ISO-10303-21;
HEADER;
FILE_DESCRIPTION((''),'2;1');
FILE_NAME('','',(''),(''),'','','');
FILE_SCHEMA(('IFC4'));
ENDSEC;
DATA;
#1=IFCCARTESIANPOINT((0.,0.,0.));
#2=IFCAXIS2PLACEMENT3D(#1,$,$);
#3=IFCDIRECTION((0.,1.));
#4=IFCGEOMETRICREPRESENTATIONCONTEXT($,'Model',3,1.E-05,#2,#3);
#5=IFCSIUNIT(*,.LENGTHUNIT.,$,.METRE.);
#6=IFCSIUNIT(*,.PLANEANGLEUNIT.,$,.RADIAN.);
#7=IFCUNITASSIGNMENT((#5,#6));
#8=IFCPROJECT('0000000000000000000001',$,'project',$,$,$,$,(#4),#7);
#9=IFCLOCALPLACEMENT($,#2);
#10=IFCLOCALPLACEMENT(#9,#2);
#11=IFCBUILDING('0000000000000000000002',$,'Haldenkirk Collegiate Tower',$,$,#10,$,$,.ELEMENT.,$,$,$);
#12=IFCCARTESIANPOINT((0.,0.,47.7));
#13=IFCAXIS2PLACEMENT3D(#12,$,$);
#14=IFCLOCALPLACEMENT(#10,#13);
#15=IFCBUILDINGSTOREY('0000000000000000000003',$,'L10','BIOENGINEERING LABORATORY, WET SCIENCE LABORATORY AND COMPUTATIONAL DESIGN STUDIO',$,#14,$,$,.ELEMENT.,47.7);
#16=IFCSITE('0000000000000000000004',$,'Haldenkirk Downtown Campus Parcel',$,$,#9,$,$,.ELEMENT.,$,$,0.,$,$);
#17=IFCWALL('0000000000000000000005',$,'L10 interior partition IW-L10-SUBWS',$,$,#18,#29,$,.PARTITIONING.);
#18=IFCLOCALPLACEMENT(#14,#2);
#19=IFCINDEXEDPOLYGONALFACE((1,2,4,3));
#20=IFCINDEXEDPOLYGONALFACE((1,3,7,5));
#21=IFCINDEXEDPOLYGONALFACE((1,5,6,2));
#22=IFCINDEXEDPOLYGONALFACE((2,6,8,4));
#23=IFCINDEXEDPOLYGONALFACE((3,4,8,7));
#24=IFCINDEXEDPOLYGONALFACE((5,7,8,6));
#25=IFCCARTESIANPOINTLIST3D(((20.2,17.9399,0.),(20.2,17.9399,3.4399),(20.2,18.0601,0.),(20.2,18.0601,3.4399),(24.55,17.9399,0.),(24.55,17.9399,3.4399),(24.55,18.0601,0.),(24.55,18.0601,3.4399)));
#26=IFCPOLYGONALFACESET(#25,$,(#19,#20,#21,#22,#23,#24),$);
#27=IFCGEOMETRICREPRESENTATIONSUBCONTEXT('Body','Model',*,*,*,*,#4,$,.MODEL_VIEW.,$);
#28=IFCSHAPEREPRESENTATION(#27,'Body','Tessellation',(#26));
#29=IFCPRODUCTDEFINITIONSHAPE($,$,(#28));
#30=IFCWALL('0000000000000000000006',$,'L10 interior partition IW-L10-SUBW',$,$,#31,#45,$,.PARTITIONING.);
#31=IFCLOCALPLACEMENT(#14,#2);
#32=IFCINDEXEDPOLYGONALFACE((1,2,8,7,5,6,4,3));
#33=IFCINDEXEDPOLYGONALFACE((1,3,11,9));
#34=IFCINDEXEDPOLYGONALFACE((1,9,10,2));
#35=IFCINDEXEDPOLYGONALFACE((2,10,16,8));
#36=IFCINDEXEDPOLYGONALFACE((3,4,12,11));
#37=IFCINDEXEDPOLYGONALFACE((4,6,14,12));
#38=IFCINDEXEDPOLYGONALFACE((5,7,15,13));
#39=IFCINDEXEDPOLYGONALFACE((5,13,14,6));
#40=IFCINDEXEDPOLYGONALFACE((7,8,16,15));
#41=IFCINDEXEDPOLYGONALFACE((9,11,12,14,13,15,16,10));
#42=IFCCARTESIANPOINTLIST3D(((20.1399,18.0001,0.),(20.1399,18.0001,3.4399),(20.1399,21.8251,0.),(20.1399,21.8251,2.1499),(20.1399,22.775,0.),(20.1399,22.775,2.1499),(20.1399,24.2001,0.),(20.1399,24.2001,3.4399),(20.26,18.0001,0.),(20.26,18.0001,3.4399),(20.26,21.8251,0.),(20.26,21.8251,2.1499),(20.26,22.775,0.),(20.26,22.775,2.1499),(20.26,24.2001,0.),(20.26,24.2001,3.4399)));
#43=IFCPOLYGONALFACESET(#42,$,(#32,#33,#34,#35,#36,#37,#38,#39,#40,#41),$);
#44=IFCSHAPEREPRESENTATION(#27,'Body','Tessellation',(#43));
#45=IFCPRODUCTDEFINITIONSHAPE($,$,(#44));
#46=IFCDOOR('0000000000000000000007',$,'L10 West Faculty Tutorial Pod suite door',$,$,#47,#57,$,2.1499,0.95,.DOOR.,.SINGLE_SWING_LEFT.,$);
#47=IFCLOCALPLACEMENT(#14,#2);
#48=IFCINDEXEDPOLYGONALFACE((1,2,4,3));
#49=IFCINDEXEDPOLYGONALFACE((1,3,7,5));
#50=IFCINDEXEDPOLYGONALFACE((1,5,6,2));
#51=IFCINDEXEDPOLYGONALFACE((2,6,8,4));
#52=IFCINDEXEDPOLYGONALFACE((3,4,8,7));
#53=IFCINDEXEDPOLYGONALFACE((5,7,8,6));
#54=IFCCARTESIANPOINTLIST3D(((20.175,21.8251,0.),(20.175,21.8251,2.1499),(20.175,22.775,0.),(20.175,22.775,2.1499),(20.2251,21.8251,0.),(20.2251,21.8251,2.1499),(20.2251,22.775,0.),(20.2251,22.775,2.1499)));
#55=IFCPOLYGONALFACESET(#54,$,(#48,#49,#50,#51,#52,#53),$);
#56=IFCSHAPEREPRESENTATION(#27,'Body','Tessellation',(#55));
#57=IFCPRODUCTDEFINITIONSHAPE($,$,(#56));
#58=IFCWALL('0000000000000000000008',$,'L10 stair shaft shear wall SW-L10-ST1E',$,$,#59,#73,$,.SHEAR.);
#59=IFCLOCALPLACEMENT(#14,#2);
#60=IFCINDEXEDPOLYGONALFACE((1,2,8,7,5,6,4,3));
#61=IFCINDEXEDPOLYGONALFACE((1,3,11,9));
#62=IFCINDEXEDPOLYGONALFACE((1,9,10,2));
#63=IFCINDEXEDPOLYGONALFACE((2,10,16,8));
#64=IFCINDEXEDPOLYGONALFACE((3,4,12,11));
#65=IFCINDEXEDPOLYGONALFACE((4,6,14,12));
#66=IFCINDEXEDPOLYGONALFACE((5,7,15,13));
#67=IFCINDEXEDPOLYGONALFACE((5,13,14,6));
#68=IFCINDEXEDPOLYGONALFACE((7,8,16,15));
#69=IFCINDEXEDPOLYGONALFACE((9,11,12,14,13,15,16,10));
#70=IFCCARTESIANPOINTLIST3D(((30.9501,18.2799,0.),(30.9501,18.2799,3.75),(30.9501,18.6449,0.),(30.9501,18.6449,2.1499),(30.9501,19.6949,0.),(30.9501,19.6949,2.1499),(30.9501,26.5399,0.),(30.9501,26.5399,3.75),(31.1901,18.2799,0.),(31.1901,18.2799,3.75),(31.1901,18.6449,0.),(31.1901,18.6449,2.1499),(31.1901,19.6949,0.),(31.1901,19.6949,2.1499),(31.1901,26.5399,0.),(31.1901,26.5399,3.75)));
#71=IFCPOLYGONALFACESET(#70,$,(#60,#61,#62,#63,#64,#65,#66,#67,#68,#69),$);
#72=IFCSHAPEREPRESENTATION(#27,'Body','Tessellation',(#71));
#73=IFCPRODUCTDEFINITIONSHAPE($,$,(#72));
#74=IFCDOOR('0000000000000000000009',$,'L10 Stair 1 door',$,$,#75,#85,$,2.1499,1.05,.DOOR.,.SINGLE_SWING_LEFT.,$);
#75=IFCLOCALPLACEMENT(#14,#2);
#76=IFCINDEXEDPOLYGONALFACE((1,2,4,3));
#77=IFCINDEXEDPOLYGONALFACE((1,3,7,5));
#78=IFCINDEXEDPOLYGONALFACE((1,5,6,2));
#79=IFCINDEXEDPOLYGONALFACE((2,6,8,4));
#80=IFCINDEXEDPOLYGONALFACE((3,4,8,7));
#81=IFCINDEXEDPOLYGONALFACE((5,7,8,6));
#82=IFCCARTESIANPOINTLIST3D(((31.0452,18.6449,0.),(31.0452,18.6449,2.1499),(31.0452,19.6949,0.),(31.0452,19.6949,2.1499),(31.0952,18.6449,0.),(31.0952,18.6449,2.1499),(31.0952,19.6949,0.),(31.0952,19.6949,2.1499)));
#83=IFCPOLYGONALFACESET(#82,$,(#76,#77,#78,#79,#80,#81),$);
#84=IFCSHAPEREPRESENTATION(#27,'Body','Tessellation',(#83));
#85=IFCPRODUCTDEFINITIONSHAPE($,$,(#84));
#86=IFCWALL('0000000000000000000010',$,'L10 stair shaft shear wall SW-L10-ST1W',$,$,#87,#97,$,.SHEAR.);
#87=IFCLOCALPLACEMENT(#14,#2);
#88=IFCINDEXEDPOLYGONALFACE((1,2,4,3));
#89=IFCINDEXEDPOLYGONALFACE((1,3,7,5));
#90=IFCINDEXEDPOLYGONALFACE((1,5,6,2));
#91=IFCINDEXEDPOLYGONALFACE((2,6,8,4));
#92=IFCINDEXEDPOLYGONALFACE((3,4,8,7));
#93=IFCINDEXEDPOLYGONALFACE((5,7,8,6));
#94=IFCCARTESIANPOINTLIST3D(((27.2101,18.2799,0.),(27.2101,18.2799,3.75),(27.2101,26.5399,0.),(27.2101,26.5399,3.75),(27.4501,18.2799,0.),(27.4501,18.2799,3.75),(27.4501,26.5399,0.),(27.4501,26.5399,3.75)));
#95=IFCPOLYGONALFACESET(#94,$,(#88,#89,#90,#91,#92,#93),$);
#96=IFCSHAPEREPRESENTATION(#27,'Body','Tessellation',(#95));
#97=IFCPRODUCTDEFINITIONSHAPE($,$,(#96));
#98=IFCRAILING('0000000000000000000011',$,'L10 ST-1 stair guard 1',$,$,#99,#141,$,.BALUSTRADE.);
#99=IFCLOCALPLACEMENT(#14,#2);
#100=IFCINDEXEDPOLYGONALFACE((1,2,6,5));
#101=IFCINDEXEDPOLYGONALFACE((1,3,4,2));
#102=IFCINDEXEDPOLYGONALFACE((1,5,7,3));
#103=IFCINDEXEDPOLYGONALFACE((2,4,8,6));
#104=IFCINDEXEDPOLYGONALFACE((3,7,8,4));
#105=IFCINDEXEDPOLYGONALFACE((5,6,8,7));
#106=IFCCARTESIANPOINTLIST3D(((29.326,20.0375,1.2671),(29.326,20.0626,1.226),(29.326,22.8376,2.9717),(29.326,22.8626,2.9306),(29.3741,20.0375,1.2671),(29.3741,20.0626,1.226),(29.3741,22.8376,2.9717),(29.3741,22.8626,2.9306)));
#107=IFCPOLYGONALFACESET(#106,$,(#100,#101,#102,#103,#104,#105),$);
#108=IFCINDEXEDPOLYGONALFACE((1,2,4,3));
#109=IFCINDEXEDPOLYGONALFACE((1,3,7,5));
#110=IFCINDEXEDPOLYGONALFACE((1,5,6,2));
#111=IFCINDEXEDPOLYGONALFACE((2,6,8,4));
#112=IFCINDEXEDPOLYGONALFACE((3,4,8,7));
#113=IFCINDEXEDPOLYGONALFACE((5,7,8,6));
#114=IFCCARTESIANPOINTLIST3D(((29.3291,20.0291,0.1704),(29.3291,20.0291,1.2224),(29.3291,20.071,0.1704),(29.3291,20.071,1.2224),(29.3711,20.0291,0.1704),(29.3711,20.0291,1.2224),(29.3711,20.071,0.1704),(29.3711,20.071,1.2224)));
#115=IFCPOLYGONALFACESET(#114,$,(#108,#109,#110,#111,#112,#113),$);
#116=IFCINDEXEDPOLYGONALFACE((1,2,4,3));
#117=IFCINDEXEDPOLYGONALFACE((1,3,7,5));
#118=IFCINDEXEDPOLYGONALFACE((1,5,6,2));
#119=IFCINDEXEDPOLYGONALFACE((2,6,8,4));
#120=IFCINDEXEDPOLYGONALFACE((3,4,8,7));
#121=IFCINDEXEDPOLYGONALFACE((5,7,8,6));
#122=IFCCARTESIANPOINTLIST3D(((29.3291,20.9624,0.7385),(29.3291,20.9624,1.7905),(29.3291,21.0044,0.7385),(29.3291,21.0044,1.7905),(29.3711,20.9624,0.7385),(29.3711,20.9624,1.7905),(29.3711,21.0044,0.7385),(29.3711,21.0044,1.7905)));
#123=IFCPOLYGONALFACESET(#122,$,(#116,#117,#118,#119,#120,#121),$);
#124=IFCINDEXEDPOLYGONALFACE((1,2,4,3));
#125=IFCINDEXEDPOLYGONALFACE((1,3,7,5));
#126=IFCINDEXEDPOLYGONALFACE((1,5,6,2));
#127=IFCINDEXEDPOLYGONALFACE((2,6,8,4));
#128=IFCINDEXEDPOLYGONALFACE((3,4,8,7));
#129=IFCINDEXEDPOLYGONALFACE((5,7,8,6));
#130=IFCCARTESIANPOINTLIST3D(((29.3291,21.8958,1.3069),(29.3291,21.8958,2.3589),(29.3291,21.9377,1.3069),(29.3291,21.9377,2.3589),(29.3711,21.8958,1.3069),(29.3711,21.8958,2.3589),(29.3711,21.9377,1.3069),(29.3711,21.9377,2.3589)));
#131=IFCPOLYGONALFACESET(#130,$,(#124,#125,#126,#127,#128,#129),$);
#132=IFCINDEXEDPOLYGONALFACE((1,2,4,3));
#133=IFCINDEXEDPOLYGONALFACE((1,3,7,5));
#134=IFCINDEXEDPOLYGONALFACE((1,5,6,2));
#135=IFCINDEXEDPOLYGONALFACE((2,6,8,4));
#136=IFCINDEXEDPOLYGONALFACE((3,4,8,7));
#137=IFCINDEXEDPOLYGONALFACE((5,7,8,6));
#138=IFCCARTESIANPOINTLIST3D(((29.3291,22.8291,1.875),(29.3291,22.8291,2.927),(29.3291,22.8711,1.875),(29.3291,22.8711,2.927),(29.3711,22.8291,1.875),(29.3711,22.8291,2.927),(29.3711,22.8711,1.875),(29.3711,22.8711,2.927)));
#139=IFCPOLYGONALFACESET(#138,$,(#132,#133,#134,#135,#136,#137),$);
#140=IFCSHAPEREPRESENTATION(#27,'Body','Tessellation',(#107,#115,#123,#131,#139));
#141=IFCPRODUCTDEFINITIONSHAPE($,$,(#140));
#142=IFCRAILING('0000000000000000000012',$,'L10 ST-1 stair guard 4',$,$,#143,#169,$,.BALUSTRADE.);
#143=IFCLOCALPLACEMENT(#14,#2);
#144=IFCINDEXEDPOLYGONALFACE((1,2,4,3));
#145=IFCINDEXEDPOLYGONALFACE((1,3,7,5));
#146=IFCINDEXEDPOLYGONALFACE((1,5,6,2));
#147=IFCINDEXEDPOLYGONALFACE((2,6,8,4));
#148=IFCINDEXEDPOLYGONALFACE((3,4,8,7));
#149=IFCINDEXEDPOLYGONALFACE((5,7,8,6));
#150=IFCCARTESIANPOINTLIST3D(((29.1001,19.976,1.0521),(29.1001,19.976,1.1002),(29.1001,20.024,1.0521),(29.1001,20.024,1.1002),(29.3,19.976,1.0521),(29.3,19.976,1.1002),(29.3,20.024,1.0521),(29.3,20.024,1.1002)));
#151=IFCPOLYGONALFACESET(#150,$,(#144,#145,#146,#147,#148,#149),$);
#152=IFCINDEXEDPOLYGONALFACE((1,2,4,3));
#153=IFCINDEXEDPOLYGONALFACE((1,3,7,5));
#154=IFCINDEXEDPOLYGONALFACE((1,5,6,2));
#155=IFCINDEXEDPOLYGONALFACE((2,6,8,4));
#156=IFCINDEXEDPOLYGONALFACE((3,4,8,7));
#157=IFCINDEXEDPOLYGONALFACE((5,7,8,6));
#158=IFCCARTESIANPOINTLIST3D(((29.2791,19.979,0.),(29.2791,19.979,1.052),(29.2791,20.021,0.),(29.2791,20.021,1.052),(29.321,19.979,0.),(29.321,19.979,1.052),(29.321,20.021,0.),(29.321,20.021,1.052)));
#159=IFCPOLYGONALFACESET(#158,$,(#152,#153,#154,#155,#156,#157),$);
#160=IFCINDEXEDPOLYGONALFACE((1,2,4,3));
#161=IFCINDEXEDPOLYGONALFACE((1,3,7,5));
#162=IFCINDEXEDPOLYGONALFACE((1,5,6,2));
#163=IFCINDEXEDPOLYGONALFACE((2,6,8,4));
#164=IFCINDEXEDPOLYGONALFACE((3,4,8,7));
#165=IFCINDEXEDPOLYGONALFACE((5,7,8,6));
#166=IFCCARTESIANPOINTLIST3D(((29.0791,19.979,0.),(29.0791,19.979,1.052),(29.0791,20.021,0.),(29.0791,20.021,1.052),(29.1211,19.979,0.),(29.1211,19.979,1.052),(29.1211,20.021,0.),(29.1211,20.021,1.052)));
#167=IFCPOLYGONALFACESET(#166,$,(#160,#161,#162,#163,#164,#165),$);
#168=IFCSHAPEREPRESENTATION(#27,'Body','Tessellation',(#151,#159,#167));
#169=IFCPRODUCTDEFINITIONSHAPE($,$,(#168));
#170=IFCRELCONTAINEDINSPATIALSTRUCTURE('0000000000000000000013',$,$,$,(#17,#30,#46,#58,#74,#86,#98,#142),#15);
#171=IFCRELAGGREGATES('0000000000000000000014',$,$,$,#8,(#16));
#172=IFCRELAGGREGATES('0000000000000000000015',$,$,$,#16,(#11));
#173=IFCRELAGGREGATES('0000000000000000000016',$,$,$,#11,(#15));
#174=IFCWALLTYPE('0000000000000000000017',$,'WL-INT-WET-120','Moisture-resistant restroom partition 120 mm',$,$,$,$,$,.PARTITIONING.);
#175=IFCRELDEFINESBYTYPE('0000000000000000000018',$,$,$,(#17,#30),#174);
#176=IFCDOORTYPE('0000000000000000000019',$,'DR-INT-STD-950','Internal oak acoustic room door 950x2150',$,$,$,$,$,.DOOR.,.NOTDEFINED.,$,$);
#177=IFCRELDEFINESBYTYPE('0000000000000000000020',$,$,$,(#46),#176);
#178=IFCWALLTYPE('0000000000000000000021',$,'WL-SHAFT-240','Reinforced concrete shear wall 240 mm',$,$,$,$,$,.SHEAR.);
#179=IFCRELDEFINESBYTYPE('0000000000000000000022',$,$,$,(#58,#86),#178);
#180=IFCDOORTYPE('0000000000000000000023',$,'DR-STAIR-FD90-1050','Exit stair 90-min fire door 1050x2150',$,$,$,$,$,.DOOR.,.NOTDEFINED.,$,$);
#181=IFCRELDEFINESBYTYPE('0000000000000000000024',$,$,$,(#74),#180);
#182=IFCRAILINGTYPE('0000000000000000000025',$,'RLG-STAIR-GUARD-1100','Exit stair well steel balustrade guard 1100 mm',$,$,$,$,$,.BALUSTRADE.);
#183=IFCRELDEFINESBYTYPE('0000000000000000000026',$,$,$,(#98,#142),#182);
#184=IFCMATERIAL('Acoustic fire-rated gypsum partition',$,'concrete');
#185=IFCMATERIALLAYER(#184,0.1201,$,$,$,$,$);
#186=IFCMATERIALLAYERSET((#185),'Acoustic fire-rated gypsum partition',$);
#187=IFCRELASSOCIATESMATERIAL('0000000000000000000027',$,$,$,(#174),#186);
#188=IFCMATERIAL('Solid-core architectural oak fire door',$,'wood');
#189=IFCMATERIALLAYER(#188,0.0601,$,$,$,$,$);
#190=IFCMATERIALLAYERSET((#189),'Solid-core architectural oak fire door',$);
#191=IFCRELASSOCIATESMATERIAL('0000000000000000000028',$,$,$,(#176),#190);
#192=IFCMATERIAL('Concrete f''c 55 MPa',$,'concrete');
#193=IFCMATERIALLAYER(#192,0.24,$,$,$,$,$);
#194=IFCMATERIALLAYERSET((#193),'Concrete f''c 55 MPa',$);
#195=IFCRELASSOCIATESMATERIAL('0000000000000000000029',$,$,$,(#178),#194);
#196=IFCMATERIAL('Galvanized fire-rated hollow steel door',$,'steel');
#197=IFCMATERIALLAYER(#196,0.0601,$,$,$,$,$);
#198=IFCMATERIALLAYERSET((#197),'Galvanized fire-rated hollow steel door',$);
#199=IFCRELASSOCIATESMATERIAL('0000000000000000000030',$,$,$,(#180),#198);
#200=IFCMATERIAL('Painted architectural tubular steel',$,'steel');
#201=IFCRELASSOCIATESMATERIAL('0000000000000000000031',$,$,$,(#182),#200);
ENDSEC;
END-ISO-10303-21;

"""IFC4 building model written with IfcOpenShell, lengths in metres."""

from ifc_helpers import new_model, si_unit, direction, frame, frame_2d, origin, origin_2d, place, context, subcontext, project, spatial, rectangle, extrude, material, layer, layer_set, type_object, element, fill, save


model = new_model("IFC4")

# Units and contexts
model_context = context("Model", 3, precision=1e-05, world=origin(), true_north=direction((0.0, 1.0)))
body_context = subcontext(model_context, "Body", "Model", "MODEL_VIEW")
ifc_project = project(units=[si_unit("LENGTHUNIT", "METRE"), si_unit("PLANEANGLEUNIT", "RADIAN")], contexts=[model_context])

# Site, building, storey
site_placement = place(None, origin())
site = spatial("IfcSite", under=ifc_project, at=site_placement, Name="Haldenkirk Downtown Campus Parcel", CompositionType="ELEMENT", RefElevation=0.0)
building_placement = place(site_placement, origin())
building = spatial("IfcBuilding", under=site, at=building_placement, Name="Haldenkirk Collegiate Tower", CompositionType="ELEMENT")
storey_placement = place(building_placement, frame((0.0, 0.0, 47.7)))
storey = spatial("IfcBuildingStorey", under=building, at=storey_placement, Name="L10", Description="BIOENGINEERING LABORATORY, WET SCIENCE LABORATORY AND COMPUTATIONAL DESIGN STUDIO", CompositionType="ELEMENT", Elevation=47.7)

# Shared definitions
ifc_material_1 = material(Name="Galvanized fire-rated hollow steel door", Category="steel")

# Shared definitions
ifc_material_2 = material(Name="Acoustic fire-rated gypsum partition", Category="concrete")
ifc_material_3 = material(Name="Solid-core architectural oak fire door", Category="wood")

# Wall
ifc_layer_1 = layer(ifc_material_2, 0.1201)
ifc_layer_set_1 = layer_set([ifc_layer_1], Name="Acoustic fire-rated gypsum partition")
wall_type_1 = type_object("IfcWallType", Name="WL-INT-WET-120", Description="Moisture-resistant restroom partition 120 mm", PredefinedType="PARTITIONING", material=ifc_layer_set_1)
wall_1_placement = place(storey_placement, frame((20.2, 18.0, 0.0), z_axis=(0.0, 0.0, 1.0), x_axis=(1.0, 0.0, 0.0)))
element("IfcWall", 1, at=wall_1_placement, inside=storey, type_object=wall_type_1, Name="L10 interior partition IW-L10-SUBWS", PredefinedType="PARTITIONING", context=body_context, shape_type="SweptSolid", body=[
    extrude(rectangle(XDim=4.3501, YDim=0.1201, at=frame_2d((2.175, 0.0))), origin(), (0.0, 0.0, 1.0), 3.4399),
])

# Walls, openings, doors
wall_2_placement = place(storey_placement, frame((20.2, 18.0, 0.0), z_axis=(0.0, 0.0, 1.0), x_axis=(0.0, 1.0, 0.0)))
wall_2 = element("IfcWall", 2, at=wall_2_placement, inside=storey, type_object=wall_type_1, Name="L10 interior partition IW-L10-SUBW", PredefinedType="PARTITIONING", context=body_context, shape_type="SweptSolid", body=[
    extrude(rectangle(XDim=6.2, YDim=0.1201, at=frame_2d((3.1001, 0.0))), origin(), (0.0, 0.0, 1.0), 3.4399),
])
opening_1_placement = place(wall_2_placement, frame((3.825, 0.0, 0.0)))
opening_1 = element("IfcOpeningElement", 3, at=opening_1_placement, cuts=wall_2, PredefinedType="OPENING", context=body_context, shape_type="SweptSolid", body=[
    extrude(rectangle(XDim=0.95, YDim=2.1499, at=frame_2d((0.4751, 1.075))), frame((0.0, 0.0701, 0.0), z_axis=(0.0, -1.0, 0.0), x_axis=(1.0, 0.0, 0.0)), (0.0, 0.0, 1.0), 0.1401),
])
ifc_layer_2 = layer(ifc_material_3, 0.0601)
ifc_layer_set_2 = layer_set([ifc_layer_2], Name="Solid-core architectural oak fire door")
door_type_1 = type_object("IfcDoorType", Name="DR-INT-STD-950", Description="Internal oak acoustic room door 950x2150", OperationType="NOTDEFINED", PredefinedType="DOOR", material=ifc_layer_set_2)
door_1_placement = place(opening_1_placement, origin())
door_1 = element("IfcDoor", 4, at=door_1_placement, inside=storey, type_object=door_type_1, Name="L10 West Faculty Tutorial Pod suite door", OperationType="SINGLE_SWING_LEFT", OverallHeight=2.1499, OverallWidth=0.95, PredefinedType="DOOR", context=body_context, shape_type="SweptSolid", body=[
    extrude(rectangle(XDim=0.95, YDim=2.1499, at=frame_2d((0.4751, 1.075))), frame((0.0, 0.0249, 0.0), z_axis=(0.0, -1.0, 0.0), x_axis=(1.0, 0.0, 0.0)), (0.0, 0.0, 1.0), 0.05),
])
fill(opening_1, door_1)
ifc_material_4 = material(Name="Concrete f'c 55 MPa", Category="concrete")
ifc_layer_3 = layer(ifc_material_4, 0.24)
ifc_layer_set_3 = layer_set([ifc_layer_3], Name="Concrete f'c 55 MPa")
wall_type_2 = type_object("IfcWallType", Name="WL-SHAFT-240", Description="Reinforced concrete shear wall 240 mm", PredefinedType="SHEAR", material=ifc_layer_set_3)
wall_3_placement = place(storey_placement, frame((31.0701, 18.28, 0.0), z_axis=(0.0, 0.0, 1.0), x_axis=(0.0, 1.0, 0.0)))
wall_3 = element("IfcWall", 5, at=wall_3_placement, inside=storey, type_object=wall_type_2, Name="L10 stair shaft shear wall SW-L10-ST1E", PredefinedType="SHEAR", context=body_context, shape_type="SweptSolid", body=[
    extrude(rectangle(XDim=8.26, YDim=0.24, at=frame_2d((4.1299, 0.0))), origin(), (0.0, 0.0, 1.0), 3.75),
])
opening_2_placement = place(wall_3_placement, frame((0.365, 0.0, 0.0)))
opening_2 = element("IfcOpeningElement", 6, at=opening_2_placement, cuts=wall_3, PredefinedType="OPENING", context=body_context, shape_type="SweptSolid", body=[
    extrude(rectangle(XDim=1.05, YDim=2.1499, at=frame_2d((0.5249, 1.075))), frame((0.0, 0.1299, 0.0), z_axis=(0.0, -1.0, 0.0), x_axis=(1.0, 0.0, 0.0)), (0.0, 0.0, 1.0), 0.26),
])
ifc_layer_4 = layer(ifc_material_1, 0.0601)
ifc_layer_set_4 = layer_set([ifc_layer_4], Name="Galvanized fire-rated hollow steel door")
door_type_2 = type_object("IfcDoorType", Name="DR-STAIR-FD90-1050", Description="Exit stair 90-min fire door 1050x2150", OperationType="NOTDEFINED", PredefinedType="DOOR", material=ifc_layer_set_4)
door_2_placement = place(opening_2_placement, origin())
door_2 = element("IfcDoor", 7, at=door_2_placement, inside=storey, type_object=door_type_2, Name="L10 Stair 1 door", OperationType="SINGLE_SWING_LEFT", OverallHeight=2.1499, OverallWidth=1.05, PredefinedType="DOOR", context=body_context, shape_type="SweptSolid", body=[
    extrude(rectangle(XDim=1.05, YDim=2.1499, at=frame_2d((0.5249, 1.075))), frame((0.0, 0.0249, 0.0), z_axis=(0.0, -1.0, 0.0), x_axis=(1.0, 0.0, 0.0)), (0.0, 0.0, 1.0), 0.05),
])
fill(opening_2, door_2)

# Wall
wall_4_placement = place(storey_placement, frame((27.3301, 18.28, 0.0), z_axis=(0.0, 0.0, 1.0), x_axis=(0.0, 1.0, 0.0)))
element("IfcWall", 8, at=wall_4_placement, inside=storey, type_object=wall_type_2, Name="L10 stair shaft shear wall SW-L10-ST1W", PredefinedType="SHEAR", context=body_context, shape_type="SweptSolid", body=[
    extrude(rectangle(XDim=8.26, YDim=0.24, at=frame_2d((4.1299, 0.0))), origin(), (0.0, 0.0, 1.0), 3.75),
])

# Railings
ifc_material_5 = material(Name="Painted architectural tubular steel", Category="steel")
railing_type_1 = type_object("IfcRailingType", Name="RLG-STAIR-GUARD-1100", Description="Exit stair well steel balustrade guard 1100 mm", PredefinedType="BALUSTRADE", material=ifc_material_5)
railing_1_placement = place(storey_placement, frame((29.3501, 20.05, 0.1704)))
element("IfcRailing", 9, at=railing_1_placement, inside=storey, type_object=railing_type_1, Name="L10 ST-1 stair guard 1", PredefinedType="BALUSTRADE", context=body_context, shape_type="SweptSolid", body=[
    extrude(rectangle(XDim=0.0481, YDim=0.0481, at=origin_2d()), frame((0.0, 0.0, 1.0762), z_axis=(0.0, 0.85417, 0.519994), x_axis=(-1.0, 0.0, 0.0)), (0.0, 0.0, 1.0), 3.2781),
    extrude(rectangle(XDim=0.042, YDim=0.042, at=origin_2d()), origin(), (0.0, 0.0, 1.0), 1.052),
    extrude(rectangle(XDim=0.042, YDim=0.042, at=origin_2d()), frame((0.0, 0.9333, 0.5681)), (0.0, 0.0, 1.0), 1.052),
    extrude(rectangle(XDim=0.042, YDim=0.042, at=origin_2d()), frame((0.0, 1.8667, 1.1365)), (0.0, 0.0, 1.0), 1.052),
    extrude(rectangle(XDim=0.042, YDim=0.042, at=origin_2d()), frame((0.0, 2.8, 1.7046)), (0.0, 0.0, 1.0), 1.052),
])
railing_2_placement = place(storey_placement, frame((29.3, 20.0, 0.0)))
element("IfcRailing", 10, at=railing_2_placement, inside=storey, type_object=railing_type_1, Name="L10 ST-1 stair guard 4", PredefinedType="BALUSTRADE", context=body_context, shape_type="SweptSolid", body=[
    extrude(rectangle(XDim=0.0481, YDim=0.0481, at=origin_2d()), frame((0.0, 0.0, 1.0762), z_axis=(-1.0, 0.0, 0.0), x_axis=(0.0, -1.0, 0.0)), (0.0, 0.0, 1.0), 0.2),
    extrude(rectangle(XDim=0.042, YDim=0.042, at=origin_2d()), origin(), (0.0, 0.0, 1.0), 1.052),
    extrude(rectangle(XDim=0.042, YDim=0.042, at=origin_2d()), frame((-0.2, 0.0, 0.0)), (0.0, 0.0, 1.0), 1.052),
])

save(model, "model.ifc")
